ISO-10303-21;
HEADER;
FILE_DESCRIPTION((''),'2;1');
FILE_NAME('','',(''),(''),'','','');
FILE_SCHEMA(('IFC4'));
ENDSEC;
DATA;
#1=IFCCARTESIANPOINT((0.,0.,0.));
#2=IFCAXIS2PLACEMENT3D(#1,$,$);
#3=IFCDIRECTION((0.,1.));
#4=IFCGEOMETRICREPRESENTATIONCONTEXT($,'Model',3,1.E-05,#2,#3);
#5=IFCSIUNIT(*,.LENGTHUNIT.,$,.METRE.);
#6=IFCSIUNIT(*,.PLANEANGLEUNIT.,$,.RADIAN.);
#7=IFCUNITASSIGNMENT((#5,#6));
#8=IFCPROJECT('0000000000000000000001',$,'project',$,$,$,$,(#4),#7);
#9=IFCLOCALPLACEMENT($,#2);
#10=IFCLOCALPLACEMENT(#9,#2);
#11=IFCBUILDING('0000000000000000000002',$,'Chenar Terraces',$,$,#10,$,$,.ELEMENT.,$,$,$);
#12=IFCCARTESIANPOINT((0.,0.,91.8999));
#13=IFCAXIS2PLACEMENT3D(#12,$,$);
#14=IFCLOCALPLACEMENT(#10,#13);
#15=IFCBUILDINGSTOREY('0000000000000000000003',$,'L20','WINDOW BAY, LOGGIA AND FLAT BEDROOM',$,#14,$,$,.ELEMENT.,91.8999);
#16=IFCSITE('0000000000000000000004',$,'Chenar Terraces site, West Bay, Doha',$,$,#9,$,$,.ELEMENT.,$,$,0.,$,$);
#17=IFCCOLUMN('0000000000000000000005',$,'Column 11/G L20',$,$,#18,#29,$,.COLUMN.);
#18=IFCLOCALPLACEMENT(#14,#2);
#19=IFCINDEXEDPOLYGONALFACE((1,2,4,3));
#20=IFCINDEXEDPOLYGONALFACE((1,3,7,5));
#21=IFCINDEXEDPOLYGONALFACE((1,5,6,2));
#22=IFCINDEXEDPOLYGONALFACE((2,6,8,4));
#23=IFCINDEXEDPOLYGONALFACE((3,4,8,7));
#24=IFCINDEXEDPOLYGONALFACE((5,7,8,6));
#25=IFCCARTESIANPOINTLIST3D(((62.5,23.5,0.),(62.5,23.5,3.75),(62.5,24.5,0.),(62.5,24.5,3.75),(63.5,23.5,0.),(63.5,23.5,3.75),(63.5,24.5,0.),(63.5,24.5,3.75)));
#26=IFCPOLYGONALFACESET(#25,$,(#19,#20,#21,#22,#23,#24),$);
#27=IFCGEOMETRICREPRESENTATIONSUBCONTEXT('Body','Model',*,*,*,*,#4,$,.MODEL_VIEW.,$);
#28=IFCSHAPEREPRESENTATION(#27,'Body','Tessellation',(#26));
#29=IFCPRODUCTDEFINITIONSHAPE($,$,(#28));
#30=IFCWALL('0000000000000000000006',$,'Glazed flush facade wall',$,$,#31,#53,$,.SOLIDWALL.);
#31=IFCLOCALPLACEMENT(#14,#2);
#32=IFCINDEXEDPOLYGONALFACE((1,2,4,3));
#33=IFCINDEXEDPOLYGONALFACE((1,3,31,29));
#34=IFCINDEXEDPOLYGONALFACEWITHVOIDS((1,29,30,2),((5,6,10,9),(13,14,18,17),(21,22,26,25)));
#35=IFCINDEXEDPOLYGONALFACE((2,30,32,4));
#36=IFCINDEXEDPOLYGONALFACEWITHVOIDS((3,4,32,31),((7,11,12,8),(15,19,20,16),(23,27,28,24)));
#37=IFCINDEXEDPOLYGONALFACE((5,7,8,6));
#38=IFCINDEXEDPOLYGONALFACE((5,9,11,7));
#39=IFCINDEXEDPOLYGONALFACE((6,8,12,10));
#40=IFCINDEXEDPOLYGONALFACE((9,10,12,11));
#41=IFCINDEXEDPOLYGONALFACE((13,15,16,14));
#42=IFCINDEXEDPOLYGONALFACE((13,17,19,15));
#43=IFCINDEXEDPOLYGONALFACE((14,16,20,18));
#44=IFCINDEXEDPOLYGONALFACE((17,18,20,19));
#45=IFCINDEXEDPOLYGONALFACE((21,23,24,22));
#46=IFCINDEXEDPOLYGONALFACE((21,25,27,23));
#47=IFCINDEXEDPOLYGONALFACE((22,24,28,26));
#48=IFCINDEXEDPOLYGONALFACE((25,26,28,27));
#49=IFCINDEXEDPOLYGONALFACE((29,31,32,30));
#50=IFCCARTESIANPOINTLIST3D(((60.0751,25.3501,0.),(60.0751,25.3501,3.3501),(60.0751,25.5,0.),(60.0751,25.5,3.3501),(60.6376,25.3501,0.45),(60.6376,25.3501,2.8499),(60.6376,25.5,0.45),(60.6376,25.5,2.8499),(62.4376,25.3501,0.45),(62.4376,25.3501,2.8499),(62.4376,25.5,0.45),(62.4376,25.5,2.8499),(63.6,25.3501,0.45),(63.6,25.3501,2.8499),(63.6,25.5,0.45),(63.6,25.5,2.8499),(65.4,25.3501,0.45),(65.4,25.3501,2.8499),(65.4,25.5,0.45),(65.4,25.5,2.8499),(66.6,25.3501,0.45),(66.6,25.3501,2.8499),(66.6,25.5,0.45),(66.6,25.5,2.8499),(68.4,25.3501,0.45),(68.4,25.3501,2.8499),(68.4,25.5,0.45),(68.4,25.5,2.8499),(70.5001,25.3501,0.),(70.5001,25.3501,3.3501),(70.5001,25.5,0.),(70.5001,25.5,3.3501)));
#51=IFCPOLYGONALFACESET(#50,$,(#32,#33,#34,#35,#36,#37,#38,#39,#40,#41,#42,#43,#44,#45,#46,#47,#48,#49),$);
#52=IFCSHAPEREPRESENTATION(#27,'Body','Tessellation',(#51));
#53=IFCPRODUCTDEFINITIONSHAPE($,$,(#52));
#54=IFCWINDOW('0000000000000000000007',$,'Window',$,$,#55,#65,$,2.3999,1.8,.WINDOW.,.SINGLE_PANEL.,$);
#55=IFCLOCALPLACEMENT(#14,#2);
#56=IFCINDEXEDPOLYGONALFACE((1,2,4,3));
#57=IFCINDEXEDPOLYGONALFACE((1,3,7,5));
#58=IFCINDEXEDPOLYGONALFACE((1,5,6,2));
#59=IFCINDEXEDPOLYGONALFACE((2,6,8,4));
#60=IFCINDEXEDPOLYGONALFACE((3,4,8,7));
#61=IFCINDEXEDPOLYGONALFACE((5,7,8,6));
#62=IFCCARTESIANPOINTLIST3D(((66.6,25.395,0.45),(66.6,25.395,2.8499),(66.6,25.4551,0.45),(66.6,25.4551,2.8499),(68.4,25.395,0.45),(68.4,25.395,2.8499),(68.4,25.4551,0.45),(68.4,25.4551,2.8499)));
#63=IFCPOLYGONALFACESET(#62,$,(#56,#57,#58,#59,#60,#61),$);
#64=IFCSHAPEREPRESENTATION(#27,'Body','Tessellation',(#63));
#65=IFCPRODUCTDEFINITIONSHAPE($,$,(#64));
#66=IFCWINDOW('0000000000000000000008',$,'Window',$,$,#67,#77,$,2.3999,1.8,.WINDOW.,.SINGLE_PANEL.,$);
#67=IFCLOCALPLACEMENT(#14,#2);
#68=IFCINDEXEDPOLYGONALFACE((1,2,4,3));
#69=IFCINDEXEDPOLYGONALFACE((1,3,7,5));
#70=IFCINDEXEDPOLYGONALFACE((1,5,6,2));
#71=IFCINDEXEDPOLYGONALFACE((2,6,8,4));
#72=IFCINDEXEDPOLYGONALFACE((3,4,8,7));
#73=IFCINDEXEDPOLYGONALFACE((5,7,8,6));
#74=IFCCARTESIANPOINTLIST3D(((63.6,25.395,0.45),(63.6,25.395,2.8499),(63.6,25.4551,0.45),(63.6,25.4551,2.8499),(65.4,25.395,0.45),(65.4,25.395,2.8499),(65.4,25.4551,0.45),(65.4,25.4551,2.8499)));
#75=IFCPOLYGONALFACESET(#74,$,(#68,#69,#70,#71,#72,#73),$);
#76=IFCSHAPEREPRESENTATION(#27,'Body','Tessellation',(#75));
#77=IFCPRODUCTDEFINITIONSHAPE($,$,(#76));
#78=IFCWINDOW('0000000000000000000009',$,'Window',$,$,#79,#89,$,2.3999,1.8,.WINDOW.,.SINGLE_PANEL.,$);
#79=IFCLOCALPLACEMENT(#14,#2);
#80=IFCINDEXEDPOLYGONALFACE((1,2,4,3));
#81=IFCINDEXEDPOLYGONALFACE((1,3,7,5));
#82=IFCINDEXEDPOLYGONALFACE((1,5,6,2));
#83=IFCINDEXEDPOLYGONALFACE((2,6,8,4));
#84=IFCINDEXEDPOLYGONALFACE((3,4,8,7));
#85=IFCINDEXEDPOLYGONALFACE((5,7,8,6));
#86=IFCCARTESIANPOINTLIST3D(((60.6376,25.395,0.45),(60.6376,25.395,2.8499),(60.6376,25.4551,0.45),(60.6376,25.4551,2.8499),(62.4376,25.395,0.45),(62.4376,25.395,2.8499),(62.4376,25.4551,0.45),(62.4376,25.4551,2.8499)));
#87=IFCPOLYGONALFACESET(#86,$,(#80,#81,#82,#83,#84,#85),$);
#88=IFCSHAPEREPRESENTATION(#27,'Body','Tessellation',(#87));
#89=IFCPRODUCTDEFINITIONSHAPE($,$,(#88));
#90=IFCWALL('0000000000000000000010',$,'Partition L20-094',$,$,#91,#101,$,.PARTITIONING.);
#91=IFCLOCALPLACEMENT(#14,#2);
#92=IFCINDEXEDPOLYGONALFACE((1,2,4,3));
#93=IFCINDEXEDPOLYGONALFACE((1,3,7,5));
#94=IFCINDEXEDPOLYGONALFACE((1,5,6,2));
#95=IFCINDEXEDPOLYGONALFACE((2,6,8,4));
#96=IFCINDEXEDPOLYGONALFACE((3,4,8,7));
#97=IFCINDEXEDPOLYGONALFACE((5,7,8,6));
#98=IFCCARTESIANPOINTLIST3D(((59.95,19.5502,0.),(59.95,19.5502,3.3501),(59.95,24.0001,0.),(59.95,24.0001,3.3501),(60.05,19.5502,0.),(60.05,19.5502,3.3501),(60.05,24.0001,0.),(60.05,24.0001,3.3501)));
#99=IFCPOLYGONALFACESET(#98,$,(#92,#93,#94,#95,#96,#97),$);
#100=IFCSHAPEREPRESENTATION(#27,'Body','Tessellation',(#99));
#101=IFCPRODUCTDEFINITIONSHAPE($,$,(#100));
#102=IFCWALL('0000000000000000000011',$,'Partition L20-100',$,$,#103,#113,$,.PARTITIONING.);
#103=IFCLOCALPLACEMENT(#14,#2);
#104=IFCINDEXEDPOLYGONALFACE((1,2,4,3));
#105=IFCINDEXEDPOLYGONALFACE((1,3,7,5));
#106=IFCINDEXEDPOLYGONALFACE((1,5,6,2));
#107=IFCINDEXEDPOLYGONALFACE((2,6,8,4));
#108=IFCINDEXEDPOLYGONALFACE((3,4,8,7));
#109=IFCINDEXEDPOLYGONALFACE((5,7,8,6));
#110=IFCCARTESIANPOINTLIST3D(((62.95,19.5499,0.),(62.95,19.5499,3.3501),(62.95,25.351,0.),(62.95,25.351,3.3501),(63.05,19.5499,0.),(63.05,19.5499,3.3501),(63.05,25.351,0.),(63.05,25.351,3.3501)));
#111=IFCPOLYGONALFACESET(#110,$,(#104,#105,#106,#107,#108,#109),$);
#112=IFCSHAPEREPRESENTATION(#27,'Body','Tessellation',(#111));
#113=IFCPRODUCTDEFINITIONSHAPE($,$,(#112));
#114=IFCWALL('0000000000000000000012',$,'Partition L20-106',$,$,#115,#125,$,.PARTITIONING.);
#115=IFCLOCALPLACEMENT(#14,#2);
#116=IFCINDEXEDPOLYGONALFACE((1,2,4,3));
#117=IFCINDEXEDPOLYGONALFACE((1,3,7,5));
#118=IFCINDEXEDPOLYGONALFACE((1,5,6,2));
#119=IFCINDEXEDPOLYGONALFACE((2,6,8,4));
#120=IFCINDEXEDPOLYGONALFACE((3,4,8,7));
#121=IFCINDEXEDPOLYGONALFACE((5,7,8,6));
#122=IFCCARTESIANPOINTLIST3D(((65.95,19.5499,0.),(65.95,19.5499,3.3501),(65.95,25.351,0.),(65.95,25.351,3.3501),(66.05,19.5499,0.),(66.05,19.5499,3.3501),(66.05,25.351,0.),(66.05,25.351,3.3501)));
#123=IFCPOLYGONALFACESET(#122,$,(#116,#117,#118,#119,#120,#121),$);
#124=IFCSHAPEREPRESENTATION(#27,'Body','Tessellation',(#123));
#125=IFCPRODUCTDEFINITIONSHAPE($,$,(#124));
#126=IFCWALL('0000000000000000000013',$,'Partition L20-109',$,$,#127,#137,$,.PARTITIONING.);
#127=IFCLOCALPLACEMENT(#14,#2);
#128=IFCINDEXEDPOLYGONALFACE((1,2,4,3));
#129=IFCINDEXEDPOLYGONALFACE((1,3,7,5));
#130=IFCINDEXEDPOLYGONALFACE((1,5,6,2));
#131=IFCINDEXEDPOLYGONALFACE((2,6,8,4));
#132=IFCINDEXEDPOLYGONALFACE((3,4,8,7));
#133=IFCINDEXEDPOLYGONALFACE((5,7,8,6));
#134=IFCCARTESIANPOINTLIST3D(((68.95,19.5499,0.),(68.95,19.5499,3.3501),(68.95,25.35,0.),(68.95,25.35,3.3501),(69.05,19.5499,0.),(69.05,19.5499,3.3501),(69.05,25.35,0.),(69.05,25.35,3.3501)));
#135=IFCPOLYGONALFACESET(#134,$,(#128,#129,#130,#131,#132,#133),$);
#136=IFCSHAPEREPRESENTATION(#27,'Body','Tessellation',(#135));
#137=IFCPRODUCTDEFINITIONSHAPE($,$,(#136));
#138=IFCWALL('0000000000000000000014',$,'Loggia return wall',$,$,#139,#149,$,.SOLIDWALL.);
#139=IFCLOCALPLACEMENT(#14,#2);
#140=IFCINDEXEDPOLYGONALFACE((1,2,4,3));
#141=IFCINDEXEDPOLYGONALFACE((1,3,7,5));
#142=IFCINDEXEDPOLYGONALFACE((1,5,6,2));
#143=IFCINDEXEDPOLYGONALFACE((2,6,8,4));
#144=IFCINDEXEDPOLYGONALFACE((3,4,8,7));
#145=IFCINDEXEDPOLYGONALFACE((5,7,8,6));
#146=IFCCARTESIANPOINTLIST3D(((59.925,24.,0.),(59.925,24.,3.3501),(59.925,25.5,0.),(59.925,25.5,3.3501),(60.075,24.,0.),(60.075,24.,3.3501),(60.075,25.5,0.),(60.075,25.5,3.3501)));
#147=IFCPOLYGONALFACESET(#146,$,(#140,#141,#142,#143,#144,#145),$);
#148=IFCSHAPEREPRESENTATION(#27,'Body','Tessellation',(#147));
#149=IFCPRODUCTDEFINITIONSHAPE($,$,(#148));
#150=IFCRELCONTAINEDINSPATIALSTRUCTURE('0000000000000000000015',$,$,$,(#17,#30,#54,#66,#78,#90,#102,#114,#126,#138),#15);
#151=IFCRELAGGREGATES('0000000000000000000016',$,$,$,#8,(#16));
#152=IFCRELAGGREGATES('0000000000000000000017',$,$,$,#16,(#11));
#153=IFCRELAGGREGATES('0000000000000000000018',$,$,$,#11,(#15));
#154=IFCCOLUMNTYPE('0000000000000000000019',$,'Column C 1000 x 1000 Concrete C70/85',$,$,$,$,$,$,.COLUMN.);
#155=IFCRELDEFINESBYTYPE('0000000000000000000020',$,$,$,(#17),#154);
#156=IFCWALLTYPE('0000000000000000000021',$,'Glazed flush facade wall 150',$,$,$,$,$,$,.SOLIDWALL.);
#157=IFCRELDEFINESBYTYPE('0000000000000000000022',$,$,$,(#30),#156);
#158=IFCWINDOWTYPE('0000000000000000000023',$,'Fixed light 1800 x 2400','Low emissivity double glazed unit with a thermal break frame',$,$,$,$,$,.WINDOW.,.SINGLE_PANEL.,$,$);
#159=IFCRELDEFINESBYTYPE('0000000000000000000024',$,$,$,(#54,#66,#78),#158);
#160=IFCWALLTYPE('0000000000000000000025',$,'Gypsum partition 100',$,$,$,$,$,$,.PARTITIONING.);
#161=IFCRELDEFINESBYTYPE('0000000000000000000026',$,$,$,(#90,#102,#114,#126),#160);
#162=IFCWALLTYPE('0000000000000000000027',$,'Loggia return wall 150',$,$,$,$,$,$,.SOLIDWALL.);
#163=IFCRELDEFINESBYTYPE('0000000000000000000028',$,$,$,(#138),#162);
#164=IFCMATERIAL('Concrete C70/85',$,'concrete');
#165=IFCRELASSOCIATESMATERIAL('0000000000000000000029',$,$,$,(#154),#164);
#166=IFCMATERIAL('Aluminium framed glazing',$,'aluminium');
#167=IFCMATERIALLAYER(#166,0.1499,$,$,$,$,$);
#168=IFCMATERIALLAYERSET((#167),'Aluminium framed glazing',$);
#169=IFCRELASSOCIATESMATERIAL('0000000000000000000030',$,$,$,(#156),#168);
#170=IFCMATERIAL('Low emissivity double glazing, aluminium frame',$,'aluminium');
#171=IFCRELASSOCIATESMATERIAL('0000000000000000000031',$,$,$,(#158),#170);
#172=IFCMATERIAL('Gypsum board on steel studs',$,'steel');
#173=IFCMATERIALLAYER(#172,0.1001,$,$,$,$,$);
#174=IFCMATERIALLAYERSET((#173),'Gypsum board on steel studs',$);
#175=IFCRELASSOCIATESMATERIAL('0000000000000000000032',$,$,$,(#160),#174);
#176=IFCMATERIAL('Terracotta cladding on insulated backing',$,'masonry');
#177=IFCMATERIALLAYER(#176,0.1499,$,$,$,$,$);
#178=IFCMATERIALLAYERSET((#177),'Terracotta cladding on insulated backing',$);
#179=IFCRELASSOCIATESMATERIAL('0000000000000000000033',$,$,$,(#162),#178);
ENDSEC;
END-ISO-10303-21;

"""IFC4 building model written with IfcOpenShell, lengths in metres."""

from ifc_helpers import new_model, si_unit, direction, frame, frame_2d, origin, origin_2d, place, context, subcontext, project, spatial, rectangle, extrude, material, layer, layer_set, material_profile, profile_set, type_object, element, fill, save


model = new_model("IFC4")

# Units and contexts
model_context = context("Model", 3, precision=1e-05, world=origin(), true_north=direction((0.0, 1.0)))
body_context = subcontext(model_context, "Body", "Model", "MODEL_VIEW")
ifc_project = project(units=[si_unit("LENGTHUNIT", "METRE"), si_unit("PLANEANGLEUNIT", "RADIAN")], contexts=[model_context])

# Site, building, storey
site_placement = place(None, origin())
site = spatial("IfcSite", under=ifc_project, at=site_placement, Name="Chenar Terraces site, West Bay, Doha", CompositionType="ELEMENT", RefElevation=0.0)
building_placement = place(site_placement, origin())
building = spatial("IfcBuilding", under=site, at=building_placement, Name="Chenar Terraces", CompositionType="ELEMENT")
storey_placement = place(building_placement, frame((0.0, 0.0, 91.8999)))
storey = spatial("IfcBuildingStorey", under=building, at=storey_placement, Name="L20", Description="WINDOW BAY, LOGGIA AND FLAT BEDROOM", CompositionType="ELEMENT", Elevation=91.8999)

# Column
ifc_material_1 = material(Name="Concrete C70/85", Category="concrete")
ifc_material_profile_1 = material_profile(ifc_material_1, rectangle(XDim=1.0, YDim=1.0, at=origin_2d()), Name="C 1000 x 1000")
ifc_profile_set_1 = profile_set([ifc_material_profile_1], Name="Concrete C70/85")
column_type = type_object("IfcColumnType", Name="Column C 1000 x 1000 Concrete C70/85", PredefinedType="COLUMN", material=ifc_profile_set_1)
column_placement = place(storey_placement, frame((63.0, 24.0, 0.0), z_axis=(0.0, 0.0, 1.0), x_axis=(1.0, 0.0, 0.0)))
element("IfcColumn", 1, at=column_placement, inside=storey, type_object=column_type, Name="Column 11/G L20", PredefinedType="COLUMN", context=body_context, shape_type="SweptSolid", body=[
    extrude(rectangle(XDim=1.0, YDim=1.0, at=origin_2d()), origin(), (0.0, 0.0, 1.0), 3.75),
])

# Wall, openings, windows
ifc_material_2 = material(Name="Aluminium framed glazing", Category="aluminium")
ifc_layer_1 = layer(ifc_material_2, 0.1499)
ifc_layer_set_1 = layer_set([ifc_layer_1], Name="Aluminium framed glazing")
wall_type_1 = type_object("IfcWallType", Name="Glazed flush facade wall 150", PredefinedType="SOLIDWALL", material=ifc_layer_set_1)
wall_1_placement = place(storey_placement, frame((70.5, 25.425, 0.0), z_axis=(0.0, 0.0, 1.0), x_axis=(-1.0, 0.0, 0.0)))
wall_1 = element("IfcWall", 2, at=wall_1_placement, inside=storey, type_object=wall_type_1, Name="Glazed flush facade wall", PredefinedType="SOLIDWALL", context=body_context, shape_type="SweptSolid", body=[
    extrude(rectangle(XDim=10.425, YDim=0.1499, at=frame_2d((5.2124, 0.0))), origin(), (0.0, 0.0, 1.0), 3.3501),
])
opening_1_placement = place(wall_1_placement, frame((2.1001, 0.0, 0.45)))
opening_1 = element("IfcOpeningElement", 3, at=opening_1_placement, cuts=wall_1, PredefinedType="OPENING", context=body_context, shape_type="SweptSolid", body=[
    extrude(rectangle(XDim=1.8, YDim=2.3999, at=frame_2d((0.8999, 1.2))), frame((0.0, 0.085, 0.0), z_axis=(0.0, -1.0, 0.0), x_axis=(1.0, 0.0, 0.0)), (0.0, 0.0, 1.0), 0.1699),
])
opening_2_placement = place(wall_1_placement, frame((5.1001, 0.0, 0.45)))
opening_2 = element("IfcOpeningElement", 4, at=opening_2_placement, cuts=wall_1, PredefinedType="OPENING", context=body_context, shape_type="SweptSolid", body=[
    extrude(rectangle(XDim=1.8, YDim=2.3999, at=frame_2d((0.8999, 1.2))), frame((0.0, 0.085, 0.0), z_axis=(0.0, -1.0, 0.0), x_axis=(1.0, 0.0, 0.0)), (0.0, 0.0, 1.0), 0.1699),
])
opening_3_placement = place(wall_1_placement, frame((8.0625, 0.0, 0.45)))
opening_3 = element("IfcOpeningElement", 5, at=opening_3_placement, cuts=wall_1, PredefinedType="OPENING", context=body_context, shape_type="SweptSolid", body=[
    extrude(rectangle(XDim=1.8, YDim=2.3999, at=frame_2d((0.8999, 1.2))), frame((0.0, 0.085, 0.0), z_axis=(0.0, -1.0, 0.0), x_axis=(1.0, 0.0, 0.0)), (0.0, 0.0, 1.0), 0.1699),
])
ifc_material_3 = material(Name="Low emissivity double glazing, aluminium frame", Category="aluminium")
window_type_1 = type_object("IfcWindowType", Name="Fixed light 1800 x 2400", Description="Low emissivity double glazed unit with a thermal break frame", PartitioningType="SINGLE_PANEL", PredefinedType="WINDOW", material=ifc_material_3)
window_1_placement = place(opening_1_placement, origin())
window_1 = element("IfcWindow", 6, at=window_1_placement, inside=storey, type_object=window_type_1, Name="Window", OverallHeight=2.3999, OverallWidth=1.8, PartitioningType="SINGLE_PANEL", PredefinedType="WINDOW", context=body_context, shape_type="SweptSolid", body=[
    extrude(rectangle(XDim=1.8, YDim=2.3999, at=frame_2d((0.8999, 1.2))), frame((0.0, 0.03, 0.0), z_axis=(0.0, -1.0, 0.0), x_axis=(1.0, 0.0, 0.0)), (0.0, 0.0, 1.0), 0.0601),
])
fill(opening_1, window_1)
window_2_placement = place(opening_2_placement, origin())
window_2 = element("IfcWindow", 7, at=window_2_placement, inside=storey, type_object=window_type_1, Name="Window", OverallHeight=2.3999, OverallWidth=1.8, PartitioningType="SINGLE_PANEL", PredefinedType="WINDOW", context=body_context, shape_type="SweptSolid", body=[
    extrude(rectangle(XDim=1.8, YDim=2.3999, at=frame_2d((0.8999, 1.2))), frame((0.0, 0.03, 0.0), z_axis=(0.0, -1.0, 0.0), x_axis=(1.0, 0.0, 0.0)), (0.0, 0.0, 1.0), 0.0601),
])
fill(opening_2, window_2)
window_3_placement = place(opening_3_placement, origin())
window_3 = element("IfcWindow", 8, at=window_3_placement, inside=storey, type_object=window_type_1, Name="Window", OverallHeight=2.3999, OverallWidth=1.8, PartitioningType="SINGLE_PANEL", PredefinedType="WINDOW", context=body_context, shape_type="SweptSolid", body=[
    extrude(rectangle(XDim=1.8, YDim=2.3999, at=frame_2d((0.8999, 1.2))), frame((0.0, 0.03, 0.0), z_axis=(0.0, -1.0, 0.0), x_axis=(1.0, 0.0, 0.0)), (0.0, 0.0, 1.0), 0.0601),
])
fill(opening_3, window_3)

# Walls
ifc_material_4 = material(Name="Gypsum board on steel studs", Category="steel")
ifc_layer_2 = layer(ifc_material_4, 0.1001)
ifc_layer_set_2 = layer_set([ifc_layer_2], Name="Gypsum board on steel studs")
wall_type_2 = type_object("IfcWallType", Name="Gypsum partition 100", PredefinedType="PARTITIONING", material=ifc_layer_set_2)
wall_2_placement = place(storey_placement, frame((60.0, 19.55, 0.0), z_axis=(0.0, 0.0, 1.0), x_axis=(0.0, 1.0, 0.0)))
element("IfcWall", 9, at=wall_2_placement, inside=storey, type_object=wall_type_2, Name="Partition L20-094", PredefinedType="PARTITIONING", context=body_context, shape_type="SweptSolid", body=[
    extrude(rectangle(XDim=4.45, YDim=0.1001, at=frame_2d((2.2251, 0.0))), origin(), (0.0, 0.0, 1.0), 3.3501),
])
for number, where, z_axis, x_axis, name in (
    (10, (63.0, 19.55, 0.0), (0.0, 0.0, 1.0), (0.0, 1.0, 0.0), "Partition L20-100"),
    (11, (66.0, 19.55, 0.0), (0.0, 0.0, 1.0), (0.0, 1.0, 0.0), "Partition L20-106"),
):
    element("IfcWall", number, at=place(storey_placement, frame(where, z_axis=z_axis, x_axis=x_axis)), inside=storey, type_object=wall_type_2, Name=name, PredefinedType="PARTITIONING", context=body_context, shape_type="SweptSolid", body=[
        extrude(rectangle(XDim=5.801, YDim=0.1001, at=frame_2d((2.9004, 0.0))), origin(), (0.0, 0.0, 1.0), 3.3501),
    ])
wall_3_placement = place(storey_placement, frame((69.0, 19.55, 0.0), z_axis=(0.0, 0.0, 1.0), x_axis=(0.0, 1.0, 0.0)))
element("IfcWall", 12, at=wall_3_placement, inside=storey, type_object=wall_type_2, Name="Partition L20-109", PredefinedType="PARTITIONING", context=body_context, shape_type="SweptSolid", body=[
    extrude(rectangle(XDim=5.8, YDim=0.1001, at=frame_2d((2.8999, 0.0))), origin(), (0.0, 0.0, 1.0), 3.3501),
])
ifc_material_5 = material(Name="Terracotta cladding on insulated backing", Category="masonry")
ifc_layer_3 = layer(ifc_material_5, 0.1499)
ifc_layer_set_3 = layer_set([ifc_layer_3], Name="Terracotta cladding on insulated backing")
wall_type_3 = type_object("IfcWallType", Name="Loggia return wall 150", PredefinedType="SOLIDWALL", material=ifc_layer_set_3)
wall_4_placement = place(storey_placement, frame((60.0, 25.5, 0.0), z_axis=(0.0, 0.0, 1.0), x_axis=(0.0, -1.0, 0.0)))
element("IfcWall", 13, at=wall_4_placement, inside=storey, type_object=wall_type_3, Name="Loggia return wall", PredefinedType="SOLIDWALL", context=body_context, shape_type="SweptSolid", body=[
    extrude(rectangle(XDim=1.5, YDim=0.1499, at=frame_2d((0.75, 0.0))), origin(), (0.0, 0.0, 1.0), 3.3501),
])

save(model, "model.ifc")
